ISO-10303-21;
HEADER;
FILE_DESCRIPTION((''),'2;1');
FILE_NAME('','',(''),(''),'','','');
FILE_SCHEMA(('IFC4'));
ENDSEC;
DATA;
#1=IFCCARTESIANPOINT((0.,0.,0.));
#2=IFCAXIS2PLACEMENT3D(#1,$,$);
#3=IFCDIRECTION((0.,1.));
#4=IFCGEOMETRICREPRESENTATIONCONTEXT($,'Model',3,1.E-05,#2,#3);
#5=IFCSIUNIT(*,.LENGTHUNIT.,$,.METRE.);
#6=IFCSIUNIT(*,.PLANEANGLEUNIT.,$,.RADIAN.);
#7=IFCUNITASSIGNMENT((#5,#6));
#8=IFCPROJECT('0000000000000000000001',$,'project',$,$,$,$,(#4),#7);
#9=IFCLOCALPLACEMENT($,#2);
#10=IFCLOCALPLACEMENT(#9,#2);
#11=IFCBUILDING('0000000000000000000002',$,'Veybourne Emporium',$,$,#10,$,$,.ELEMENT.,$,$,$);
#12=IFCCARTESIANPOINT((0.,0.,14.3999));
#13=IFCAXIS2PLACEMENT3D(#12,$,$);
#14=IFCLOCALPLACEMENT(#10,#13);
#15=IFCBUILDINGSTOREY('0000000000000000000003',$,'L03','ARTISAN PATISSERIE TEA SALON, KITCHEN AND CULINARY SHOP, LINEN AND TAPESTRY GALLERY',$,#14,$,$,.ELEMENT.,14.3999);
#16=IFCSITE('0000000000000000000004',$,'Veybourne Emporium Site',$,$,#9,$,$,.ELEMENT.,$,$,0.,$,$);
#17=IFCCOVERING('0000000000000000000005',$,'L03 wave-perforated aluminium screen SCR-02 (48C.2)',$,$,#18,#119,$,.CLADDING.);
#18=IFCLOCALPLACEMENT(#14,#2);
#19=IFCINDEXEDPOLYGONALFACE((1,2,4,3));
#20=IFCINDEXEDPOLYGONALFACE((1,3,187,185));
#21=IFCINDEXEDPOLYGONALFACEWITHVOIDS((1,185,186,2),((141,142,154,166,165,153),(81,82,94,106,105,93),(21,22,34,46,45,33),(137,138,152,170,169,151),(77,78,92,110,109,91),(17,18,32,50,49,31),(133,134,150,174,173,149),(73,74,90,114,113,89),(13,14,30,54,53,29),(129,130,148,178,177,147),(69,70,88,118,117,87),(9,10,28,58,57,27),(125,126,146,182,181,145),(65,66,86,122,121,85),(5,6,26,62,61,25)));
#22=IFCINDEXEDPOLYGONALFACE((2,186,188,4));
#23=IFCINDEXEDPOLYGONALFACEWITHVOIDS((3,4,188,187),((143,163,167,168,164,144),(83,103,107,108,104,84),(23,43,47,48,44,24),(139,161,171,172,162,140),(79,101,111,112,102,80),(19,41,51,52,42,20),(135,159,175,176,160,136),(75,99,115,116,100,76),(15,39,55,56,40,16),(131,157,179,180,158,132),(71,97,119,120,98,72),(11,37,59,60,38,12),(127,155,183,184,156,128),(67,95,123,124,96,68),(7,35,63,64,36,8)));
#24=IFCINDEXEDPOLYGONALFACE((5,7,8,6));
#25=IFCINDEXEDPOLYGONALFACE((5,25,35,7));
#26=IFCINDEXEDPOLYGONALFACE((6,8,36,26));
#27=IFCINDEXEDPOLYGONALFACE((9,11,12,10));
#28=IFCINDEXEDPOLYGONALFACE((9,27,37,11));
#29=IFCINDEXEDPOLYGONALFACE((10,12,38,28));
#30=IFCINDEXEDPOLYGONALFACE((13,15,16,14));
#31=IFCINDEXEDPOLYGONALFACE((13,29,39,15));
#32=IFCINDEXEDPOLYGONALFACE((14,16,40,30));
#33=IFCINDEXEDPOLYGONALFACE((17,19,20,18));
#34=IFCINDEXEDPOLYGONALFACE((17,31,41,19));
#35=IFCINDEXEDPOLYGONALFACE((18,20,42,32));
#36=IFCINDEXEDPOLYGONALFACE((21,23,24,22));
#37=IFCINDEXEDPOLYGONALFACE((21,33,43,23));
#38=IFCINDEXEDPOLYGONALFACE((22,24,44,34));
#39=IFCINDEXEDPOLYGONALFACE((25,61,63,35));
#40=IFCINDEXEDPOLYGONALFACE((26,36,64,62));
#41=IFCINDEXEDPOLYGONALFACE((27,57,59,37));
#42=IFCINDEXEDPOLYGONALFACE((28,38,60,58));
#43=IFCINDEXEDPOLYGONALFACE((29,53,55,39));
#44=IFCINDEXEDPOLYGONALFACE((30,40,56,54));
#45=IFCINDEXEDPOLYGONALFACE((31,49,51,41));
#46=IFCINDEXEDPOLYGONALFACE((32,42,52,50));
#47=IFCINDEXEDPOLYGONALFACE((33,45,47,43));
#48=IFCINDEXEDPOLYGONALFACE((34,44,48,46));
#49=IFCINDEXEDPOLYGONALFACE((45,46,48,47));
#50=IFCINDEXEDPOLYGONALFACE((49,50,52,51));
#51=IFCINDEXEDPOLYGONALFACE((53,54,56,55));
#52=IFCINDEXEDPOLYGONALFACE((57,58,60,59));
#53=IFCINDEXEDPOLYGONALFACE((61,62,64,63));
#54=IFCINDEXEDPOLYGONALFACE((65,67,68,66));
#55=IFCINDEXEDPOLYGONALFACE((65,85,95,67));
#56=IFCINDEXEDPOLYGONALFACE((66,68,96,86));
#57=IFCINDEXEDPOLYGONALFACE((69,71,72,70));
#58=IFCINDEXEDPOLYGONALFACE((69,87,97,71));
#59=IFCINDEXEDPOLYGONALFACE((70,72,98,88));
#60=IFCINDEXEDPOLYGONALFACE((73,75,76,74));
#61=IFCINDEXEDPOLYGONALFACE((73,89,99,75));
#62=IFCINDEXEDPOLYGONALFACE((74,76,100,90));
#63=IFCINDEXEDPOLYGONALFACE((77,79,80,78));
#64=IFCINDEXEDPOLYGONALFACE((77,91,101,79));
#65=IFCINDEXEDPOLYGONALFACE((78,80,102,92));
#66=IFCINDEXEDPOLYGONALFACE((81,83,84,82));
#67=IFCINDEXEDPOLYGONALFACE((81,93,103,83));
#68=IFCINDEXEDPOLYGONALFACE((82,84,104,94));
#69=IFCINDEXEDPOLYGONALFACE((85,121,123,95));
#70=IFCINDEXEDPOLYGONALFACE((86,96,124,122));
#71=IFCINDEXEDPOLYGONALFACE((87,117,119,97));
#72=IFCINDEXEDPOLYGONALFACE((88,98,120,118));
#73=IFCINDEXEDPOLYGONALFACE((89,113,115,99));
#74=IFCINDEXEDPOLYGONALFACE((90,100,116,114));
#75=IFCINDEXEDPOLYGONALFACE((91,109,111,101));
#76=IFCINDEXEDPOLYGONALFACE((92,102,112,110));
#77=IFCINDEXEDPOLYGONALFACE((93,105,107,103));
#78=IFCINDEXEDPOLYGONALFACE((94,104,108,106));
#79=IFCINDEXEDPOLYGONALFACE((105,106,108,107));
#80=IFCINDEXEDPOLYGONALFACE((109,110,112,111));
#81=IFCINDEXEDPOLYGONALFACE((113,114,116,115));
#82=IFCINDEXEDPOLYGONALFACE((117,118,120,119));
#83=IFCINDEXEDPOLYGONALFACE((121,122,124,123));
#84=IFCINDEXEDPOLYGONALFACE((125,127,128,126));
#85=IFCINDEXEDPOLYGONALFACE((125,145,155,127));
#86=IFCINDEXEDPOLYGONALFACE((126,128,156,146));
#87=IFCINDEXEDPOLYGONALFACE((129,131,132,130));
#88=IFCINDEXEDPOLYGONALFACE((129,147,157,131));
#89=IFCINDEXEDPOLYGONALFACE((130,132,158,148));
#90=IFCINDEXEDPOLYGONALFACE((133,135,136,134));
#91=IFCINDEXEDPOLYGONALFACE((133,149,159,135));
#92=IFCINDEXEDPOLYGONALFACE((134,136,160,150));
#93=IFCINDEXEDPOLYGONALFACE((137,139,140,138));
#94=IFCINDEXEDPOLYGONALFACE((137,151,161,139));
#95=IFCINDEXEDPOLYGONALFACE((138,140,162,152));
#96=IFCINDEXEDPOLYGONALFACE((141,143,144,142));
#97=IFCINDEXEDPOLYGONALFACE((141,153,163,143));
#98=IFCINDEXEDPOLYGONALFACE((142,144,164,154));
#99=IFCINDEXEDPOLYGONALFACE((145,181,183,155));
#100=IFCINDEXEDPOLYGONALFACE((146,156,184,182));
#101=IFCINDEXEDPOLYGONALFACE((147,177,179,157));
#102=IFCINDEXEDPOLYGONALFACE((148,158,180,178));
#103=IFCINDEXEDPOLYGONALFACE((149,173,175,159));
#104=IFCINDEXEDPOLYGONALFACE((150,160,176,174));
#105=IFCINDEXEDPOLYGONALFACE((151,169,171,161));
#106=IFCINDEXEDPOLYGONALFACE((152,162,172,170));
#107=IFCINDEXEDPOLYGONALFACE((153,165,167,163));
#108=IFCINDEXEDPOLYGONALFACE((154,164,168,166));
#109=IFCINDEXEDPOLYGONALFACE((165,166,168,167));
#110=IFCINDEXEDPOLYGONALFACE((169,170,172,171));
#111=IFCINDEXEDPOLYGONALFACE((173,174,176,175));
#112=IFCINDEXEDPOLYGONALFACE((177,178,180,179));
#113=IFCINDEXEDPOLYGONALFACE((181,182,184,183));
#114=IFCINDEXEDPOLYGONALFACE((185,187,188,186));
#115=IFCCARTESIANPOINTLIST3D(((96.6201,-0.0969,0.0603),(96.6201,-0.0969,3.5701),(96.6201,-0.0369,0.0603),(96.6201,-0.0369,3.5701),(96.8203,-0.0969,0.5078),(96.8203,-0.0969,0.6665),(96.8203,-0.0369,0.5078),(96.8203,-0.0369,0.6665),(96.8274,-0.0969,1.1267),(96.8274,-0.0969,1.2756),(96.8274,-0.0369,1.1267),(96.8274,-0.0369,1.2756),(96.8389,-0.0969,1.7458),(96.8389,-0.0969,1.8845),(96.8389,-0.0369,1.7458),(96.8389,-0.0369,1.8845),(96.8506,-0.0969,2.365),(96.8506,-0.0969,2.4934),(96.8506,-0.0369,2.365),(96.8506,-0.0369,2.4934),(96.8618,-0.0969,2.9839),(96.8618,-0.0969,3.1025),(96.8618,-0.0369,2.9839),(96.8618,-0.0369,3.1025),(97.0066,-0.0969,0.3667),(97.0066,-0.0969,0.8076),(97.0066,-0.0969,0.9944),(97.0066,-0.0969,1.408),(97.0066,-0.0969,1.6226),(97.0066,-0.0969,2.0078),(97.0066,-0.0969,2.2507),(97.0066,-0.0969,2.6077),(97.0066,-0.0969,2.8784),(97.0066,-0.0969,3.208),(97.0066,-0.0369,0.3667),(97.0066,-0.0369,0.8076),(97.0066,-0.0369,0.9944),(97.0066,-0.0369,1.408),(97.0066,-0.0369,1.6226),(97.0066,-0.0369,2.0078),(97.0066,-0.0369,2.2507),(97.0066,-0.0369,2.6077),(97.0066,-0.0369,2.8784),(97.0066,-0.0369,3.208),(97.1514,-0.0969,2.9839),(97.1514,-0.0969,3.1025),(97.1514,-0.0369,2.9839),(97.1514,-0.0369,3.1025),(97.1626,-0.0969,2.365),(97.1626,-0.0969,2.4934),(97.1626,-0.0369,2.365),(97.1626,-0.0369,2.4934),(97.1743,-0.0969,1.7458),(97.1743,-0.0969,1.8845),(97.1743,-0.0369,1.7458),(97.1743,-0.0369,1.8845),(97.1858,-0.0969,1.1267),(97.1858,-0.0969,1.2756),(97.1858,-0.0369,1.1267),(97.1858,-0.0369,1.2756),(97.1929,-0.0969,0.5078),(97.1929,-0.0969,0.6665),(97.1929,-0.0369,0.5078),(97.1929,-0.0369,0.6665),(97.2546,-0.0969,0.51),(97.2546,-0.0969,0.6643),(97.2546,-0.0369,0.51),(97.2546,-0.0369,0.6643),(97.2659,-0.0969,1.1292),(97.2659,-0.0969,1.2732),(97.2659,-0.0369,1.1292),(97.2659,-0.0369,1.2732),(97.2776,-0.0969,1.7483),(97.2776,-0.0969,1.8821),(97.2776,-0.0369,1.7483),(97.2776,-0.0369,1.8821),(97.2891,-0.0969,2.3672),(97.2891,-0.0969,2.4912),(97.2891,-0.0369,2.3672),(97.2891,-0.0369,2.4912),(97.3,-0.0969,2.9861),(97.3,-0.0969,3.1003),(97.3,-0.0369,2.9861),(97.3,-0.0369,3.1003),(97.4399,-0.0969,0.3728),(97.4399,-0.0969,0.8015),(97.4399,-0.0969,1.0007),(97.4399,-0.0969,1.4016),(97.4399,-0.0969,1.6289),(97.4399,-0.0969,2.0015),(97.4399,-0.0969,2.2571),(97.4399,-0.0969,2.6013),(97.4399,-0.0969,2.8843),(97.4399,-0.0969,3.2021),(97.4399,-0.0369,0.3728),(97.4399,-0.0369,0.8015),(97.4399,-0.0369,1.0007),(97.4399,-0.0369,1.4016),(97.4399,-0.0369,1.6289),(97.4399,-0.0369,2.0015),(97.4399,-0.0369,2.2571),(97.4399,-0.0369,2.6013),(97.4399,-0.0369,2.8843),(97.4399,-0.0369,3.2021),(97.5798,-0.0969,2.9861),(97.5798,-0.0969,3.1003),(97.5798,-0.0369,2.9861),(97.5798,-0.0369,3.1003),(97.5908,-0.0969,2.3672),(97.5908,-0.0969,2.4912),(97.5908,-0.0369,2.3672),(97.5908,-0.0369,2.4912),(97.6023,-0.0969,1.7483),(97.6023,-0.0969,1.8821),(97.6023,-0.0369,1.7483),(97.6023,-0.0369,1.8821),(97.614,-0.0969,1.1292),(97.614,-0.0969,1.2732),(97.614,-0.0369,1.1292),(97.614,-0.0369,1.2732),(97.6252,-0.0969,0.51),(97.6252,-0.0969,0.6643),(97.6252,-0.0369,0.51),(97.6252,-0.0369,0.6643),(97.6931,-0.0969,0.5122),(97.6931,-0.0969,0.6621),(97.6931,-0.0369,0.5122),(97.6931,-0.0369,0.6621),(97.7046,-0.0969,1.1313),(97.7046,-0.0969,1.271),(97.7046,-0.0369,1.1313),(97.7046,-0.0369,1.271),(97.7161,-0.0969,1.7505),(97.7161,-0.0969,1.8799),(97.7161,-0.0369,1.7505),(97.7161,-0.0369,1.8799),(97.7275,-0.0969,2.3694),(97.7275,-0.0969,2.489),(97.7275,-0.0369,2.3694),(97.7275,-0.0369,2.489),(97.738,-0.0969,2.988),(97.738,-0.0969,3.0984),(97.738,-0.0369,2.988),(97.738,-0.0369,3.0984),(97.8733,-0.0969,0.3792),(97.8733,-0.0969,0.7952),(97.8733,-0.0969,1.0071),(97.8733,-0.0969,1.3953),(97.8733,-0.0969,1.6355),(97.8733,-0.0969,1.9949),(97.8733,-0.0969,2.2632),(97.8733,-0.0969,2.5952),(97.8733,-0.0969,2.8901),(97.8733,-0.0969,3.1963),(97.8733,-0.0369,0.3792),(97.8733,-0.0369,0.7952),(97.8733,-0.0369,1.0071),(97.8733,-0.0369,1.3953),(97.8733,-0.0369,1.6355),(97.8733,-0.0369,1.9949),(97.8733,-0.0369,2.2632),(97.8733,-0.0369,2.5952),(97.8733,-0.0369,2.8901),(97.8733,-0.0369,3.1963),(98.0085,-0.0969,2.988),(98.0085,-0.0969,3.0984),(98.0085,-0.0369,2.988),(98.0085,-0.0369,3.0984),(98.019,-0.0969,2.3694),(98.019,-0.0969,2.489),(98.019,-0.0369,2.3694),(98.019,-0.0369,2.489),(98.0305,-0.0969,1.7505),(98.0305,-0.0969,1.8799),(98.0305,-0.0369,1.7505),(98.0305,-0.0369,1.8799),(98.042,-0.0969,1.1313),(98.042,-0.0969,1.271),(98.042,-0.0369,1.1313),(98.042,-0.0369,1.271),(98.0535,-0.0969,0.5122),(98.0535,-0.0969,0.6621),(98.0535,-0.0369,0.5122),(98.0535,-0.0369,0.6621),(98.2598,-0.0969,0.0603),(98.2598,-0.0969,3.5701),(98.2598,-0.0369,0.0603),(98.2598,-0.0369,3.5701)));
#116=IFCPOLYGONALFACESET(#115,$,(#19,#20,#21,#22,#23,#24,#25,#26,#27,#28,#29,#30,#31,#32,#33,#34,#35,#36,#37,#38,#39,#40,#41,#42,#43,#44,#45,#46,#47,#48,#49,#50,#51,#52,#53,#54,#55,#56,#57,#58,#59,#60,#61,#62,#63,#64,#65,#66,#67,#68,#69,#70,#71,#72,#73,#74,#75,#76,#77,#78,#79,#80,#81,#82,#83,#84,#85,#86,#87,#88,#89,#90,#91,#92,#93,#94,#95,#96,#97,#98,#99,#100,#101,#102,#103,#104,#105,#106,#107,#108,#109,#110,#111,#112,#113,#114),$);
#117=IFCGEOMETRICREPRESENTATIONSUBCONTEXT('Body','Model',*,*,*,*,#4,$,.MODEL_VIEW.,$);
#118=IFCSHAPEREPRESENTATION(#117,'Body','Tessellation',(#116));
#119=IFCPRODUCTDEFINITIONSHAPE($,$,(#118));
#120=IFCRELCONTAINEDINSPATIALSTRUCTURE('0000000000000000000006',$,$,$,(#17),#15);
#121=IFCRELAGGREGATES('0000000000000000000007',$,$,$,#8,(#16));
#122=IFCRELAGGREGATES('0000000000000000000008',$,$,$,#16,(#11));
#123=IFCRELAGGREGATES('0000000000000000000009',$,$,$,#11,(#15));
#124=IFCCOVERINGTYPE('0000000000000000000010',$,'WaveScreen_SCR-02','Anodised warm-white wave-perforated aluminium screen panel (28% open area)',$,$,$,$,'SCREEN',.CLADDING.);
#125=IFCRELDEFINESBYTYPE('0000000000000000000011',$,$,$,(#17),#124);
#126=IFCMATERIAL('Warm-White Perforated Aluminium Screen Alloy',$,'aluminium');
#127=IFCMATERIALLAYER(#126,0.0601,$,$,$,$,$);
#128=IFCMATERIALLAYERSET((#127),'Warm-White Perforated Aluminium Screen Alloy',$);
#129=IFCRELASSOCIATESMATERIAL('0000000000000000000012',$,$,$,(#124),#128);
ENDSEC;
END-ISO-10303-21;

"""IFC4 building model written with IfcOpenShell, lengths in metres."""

from ifc_helpers import new_model, si_unit, direction, frame, origin, place, context, subcontext, project, spatial, polyline, outline, extrude, material, layer, layer_set, type_object, element, save


model = new_model("IFC4")

# Units and contexts
model_context = context("Model", 3, precision=1e-05, world=origin(), true_north=direction((0.0, 1.0)))
body_context = subcontext(model_context, "Body", "Model", "MODEL_VIEW")
ifc_project = project(units=[si_unit("LENGTHUNIT", "METRE"), si_unit("PLANEANGLEUNIT", "RADIAN")], contexts=[model_context])

# Site, building, storey
site_placement = place(None, origin())
site = spatial("IfcSite", under=ifc_project, at=site_placement, Name="Veybourne Emporium Site", CompositionType="ELEMENT", RefElevation=0.0)
building_placement = place(site_placement, origin())
building = spatial("IfcBuilding", under=site, at=building_placement, Name="Veybourne Emporium", CompositionType="ELEMENT")
storey_placement = place(building_placement, frame((0.0, 0.0, 14.3999)))
storey = spatial("IfcBuildingStorey", under=building, at=storey_placement, Name="L03", Description="ARTISAN PATISSERIE TEA SALON, KITCHEN AND CULINARY SHOP, LINEN AND TAPESTRY GALLERY", CompositionType="ELEMENT", Elevation=14.3999)

# Covering
ifc_material_1 = material(Name="Warm-White Perforated Aluminium Screen Alloy", Category="aluminium")
ifc_layer_1 = layer(ifc_material_1, 0.0601)
ifc_layer_set_1 = layer_set([ifc_layer_1], Name="Warm-White Perforated Aluminium Screen Alloy")
covering_type_1 = type_object("IfcCoveringType", Name="WaveScreen_SCR-02", Description="Anodised warm-white wave-perforated aluminium screen panel (28% open area)", ElementType="SCREEN", PredefinedType="CLADDING", material=ifc_layer_set_1)
covering_1_placement = place(storey_placement, frame((97.4399, -0.0969, 1.8152), z_axis=(0.0, 1.0, 0.0), x_axis=(-1.0, 0.0, 0.0)))
element("IfcCovering", 1, at=covering_1_placement, inside=storey, type_object=covering_type_1, Name="L03 wave-perforated aluminium screen SCR-02 (48C.2)", PredefinedType="CLADDING", context=body_context, shape_type="SweptSolid", body=[
    extrude(outline(polyline([(-0.8198, -1.7549), (0.8198, -1.7549), (0.8198, 1.7549), (-0.8198, 1.7549), (-0.8198, -1.7549)]), holes=[polyline([(-0.4333, -1.02), (-0.2532, -1.1531), (-0.2532, -1.303), (-0.4333, -1.436), (-0.6135, -1.303), (-0.6135, -1.1531), (-0.4333, -1.02)]), polyline([(-0.4333, -0.4199), (-0.2646, -0.5442), (-0.2646, -0.6838), (-0.4333, -0.8081), (-0.6021, -0.6838), (-0.6021, -0.5442), (-0.4333, -0.4199)]), polyline([(-0.4333, 0.1797), (-0.2761, 0.0647), (-0.2761, -0.0647), (-0.4333, -0.1797), (-0.5906, -0.0647), (-0.5906, 0.0647), (-0.4333, 0.1797)]), polyline([(-0.4333, 0.78), (-0.2876, 0.6738), (-0.2876, 0.5542), (-0.4333, 0.448), (-0.5791, 0.5542), (-0.5791, 0.6738), (-0.4333, 0.78)]), polyline([(-0.4333, 1.3811), (-0.2981, 1.2832), (-0.2981, 1.1729), (-0.4333, 1.075), (-0.5686, 1.1729), (-0.5686, 1.2832), (-0.4333, 1.3811)]), polyline([(0.0, -1.0137), (0.1853, -1.1509), (0.1853, -1.3052), (0.0, -1.4424), (-0.1853, -1.3052), (-0.1853, -1.1509), (0.0, -1.0137)]), polyline([(0.0, -0.4136), (0.1741, -0.542), (0.1741, -0.686), (0.0, -0.8145), (-0.1741, -0.686), (-0.1741, -0.542), (0.0, -0.4136)]), polyline([(0.0, 0.1863), (0.1624, 0.0669), (0.1624, -0.0669), (0.0, -0.1863), (-0.1624, -0.0669), (-0.1624, 0.0669), (0.0, 0.1863)]), polyline([(0.0, 0.7861), (0.1509, 0.676), (0.1509, 0.552), (0.0, 0.4419), (-0.1509, 0.552), (-0.1509, 0.676), (0.0, 0.7861)]), polyline([(0.0, 1.387), (0.1399, 1.2852), (0.1399, 1.1709), (0.0, 1.0691), (-0.1399, 1.1709), (-0.1399, 1.2852), (0.0, 1.387)]), polyline([(0.4333, -1.0076), (0.6196, -1.1487), (0.6196, -1.3074), (0.4333, -1.4485), (0.2471, -1.3074), (0.2471, -1.1487), (0.4333, -1.0076)]), polyline([(0.4333, -0.4072), (0.6125, -0.5396), (0.6125, -0.6885), (0.4333, -0.8208), (0.2542, -0.6885), (0.2542, -0.5396), (0.4333, -0.4072)]), polyline([(0.4333, 0.1926), (0.6011, 0.0693), (0.6011, -0.0693), (0.4333, -0.1926), (0.2656, -0.0693), (0.2656, 0.0693), (0.4333, 0.1926)]), polyline([(0.4333, 0.7925), (0.5894, 0.6782), (0.5894, 0.5498), (0.4333, 0.4355), (0.2773, 0.5498), (0.2773, 0.6782), (0.4333, 0.7925)]), polyline([(0.4333, 1.3928), (0.5781, 1.2874), (0.5781, 1.1687), (0.4333, 1.0632), (0.2886, 1.1687), (0.2886, 1.2874), (0.4333, 1.3928)])]), origin(), (0.0, 0.0, 1.0), 0.0601),
])

save(model, "model.ifc")
